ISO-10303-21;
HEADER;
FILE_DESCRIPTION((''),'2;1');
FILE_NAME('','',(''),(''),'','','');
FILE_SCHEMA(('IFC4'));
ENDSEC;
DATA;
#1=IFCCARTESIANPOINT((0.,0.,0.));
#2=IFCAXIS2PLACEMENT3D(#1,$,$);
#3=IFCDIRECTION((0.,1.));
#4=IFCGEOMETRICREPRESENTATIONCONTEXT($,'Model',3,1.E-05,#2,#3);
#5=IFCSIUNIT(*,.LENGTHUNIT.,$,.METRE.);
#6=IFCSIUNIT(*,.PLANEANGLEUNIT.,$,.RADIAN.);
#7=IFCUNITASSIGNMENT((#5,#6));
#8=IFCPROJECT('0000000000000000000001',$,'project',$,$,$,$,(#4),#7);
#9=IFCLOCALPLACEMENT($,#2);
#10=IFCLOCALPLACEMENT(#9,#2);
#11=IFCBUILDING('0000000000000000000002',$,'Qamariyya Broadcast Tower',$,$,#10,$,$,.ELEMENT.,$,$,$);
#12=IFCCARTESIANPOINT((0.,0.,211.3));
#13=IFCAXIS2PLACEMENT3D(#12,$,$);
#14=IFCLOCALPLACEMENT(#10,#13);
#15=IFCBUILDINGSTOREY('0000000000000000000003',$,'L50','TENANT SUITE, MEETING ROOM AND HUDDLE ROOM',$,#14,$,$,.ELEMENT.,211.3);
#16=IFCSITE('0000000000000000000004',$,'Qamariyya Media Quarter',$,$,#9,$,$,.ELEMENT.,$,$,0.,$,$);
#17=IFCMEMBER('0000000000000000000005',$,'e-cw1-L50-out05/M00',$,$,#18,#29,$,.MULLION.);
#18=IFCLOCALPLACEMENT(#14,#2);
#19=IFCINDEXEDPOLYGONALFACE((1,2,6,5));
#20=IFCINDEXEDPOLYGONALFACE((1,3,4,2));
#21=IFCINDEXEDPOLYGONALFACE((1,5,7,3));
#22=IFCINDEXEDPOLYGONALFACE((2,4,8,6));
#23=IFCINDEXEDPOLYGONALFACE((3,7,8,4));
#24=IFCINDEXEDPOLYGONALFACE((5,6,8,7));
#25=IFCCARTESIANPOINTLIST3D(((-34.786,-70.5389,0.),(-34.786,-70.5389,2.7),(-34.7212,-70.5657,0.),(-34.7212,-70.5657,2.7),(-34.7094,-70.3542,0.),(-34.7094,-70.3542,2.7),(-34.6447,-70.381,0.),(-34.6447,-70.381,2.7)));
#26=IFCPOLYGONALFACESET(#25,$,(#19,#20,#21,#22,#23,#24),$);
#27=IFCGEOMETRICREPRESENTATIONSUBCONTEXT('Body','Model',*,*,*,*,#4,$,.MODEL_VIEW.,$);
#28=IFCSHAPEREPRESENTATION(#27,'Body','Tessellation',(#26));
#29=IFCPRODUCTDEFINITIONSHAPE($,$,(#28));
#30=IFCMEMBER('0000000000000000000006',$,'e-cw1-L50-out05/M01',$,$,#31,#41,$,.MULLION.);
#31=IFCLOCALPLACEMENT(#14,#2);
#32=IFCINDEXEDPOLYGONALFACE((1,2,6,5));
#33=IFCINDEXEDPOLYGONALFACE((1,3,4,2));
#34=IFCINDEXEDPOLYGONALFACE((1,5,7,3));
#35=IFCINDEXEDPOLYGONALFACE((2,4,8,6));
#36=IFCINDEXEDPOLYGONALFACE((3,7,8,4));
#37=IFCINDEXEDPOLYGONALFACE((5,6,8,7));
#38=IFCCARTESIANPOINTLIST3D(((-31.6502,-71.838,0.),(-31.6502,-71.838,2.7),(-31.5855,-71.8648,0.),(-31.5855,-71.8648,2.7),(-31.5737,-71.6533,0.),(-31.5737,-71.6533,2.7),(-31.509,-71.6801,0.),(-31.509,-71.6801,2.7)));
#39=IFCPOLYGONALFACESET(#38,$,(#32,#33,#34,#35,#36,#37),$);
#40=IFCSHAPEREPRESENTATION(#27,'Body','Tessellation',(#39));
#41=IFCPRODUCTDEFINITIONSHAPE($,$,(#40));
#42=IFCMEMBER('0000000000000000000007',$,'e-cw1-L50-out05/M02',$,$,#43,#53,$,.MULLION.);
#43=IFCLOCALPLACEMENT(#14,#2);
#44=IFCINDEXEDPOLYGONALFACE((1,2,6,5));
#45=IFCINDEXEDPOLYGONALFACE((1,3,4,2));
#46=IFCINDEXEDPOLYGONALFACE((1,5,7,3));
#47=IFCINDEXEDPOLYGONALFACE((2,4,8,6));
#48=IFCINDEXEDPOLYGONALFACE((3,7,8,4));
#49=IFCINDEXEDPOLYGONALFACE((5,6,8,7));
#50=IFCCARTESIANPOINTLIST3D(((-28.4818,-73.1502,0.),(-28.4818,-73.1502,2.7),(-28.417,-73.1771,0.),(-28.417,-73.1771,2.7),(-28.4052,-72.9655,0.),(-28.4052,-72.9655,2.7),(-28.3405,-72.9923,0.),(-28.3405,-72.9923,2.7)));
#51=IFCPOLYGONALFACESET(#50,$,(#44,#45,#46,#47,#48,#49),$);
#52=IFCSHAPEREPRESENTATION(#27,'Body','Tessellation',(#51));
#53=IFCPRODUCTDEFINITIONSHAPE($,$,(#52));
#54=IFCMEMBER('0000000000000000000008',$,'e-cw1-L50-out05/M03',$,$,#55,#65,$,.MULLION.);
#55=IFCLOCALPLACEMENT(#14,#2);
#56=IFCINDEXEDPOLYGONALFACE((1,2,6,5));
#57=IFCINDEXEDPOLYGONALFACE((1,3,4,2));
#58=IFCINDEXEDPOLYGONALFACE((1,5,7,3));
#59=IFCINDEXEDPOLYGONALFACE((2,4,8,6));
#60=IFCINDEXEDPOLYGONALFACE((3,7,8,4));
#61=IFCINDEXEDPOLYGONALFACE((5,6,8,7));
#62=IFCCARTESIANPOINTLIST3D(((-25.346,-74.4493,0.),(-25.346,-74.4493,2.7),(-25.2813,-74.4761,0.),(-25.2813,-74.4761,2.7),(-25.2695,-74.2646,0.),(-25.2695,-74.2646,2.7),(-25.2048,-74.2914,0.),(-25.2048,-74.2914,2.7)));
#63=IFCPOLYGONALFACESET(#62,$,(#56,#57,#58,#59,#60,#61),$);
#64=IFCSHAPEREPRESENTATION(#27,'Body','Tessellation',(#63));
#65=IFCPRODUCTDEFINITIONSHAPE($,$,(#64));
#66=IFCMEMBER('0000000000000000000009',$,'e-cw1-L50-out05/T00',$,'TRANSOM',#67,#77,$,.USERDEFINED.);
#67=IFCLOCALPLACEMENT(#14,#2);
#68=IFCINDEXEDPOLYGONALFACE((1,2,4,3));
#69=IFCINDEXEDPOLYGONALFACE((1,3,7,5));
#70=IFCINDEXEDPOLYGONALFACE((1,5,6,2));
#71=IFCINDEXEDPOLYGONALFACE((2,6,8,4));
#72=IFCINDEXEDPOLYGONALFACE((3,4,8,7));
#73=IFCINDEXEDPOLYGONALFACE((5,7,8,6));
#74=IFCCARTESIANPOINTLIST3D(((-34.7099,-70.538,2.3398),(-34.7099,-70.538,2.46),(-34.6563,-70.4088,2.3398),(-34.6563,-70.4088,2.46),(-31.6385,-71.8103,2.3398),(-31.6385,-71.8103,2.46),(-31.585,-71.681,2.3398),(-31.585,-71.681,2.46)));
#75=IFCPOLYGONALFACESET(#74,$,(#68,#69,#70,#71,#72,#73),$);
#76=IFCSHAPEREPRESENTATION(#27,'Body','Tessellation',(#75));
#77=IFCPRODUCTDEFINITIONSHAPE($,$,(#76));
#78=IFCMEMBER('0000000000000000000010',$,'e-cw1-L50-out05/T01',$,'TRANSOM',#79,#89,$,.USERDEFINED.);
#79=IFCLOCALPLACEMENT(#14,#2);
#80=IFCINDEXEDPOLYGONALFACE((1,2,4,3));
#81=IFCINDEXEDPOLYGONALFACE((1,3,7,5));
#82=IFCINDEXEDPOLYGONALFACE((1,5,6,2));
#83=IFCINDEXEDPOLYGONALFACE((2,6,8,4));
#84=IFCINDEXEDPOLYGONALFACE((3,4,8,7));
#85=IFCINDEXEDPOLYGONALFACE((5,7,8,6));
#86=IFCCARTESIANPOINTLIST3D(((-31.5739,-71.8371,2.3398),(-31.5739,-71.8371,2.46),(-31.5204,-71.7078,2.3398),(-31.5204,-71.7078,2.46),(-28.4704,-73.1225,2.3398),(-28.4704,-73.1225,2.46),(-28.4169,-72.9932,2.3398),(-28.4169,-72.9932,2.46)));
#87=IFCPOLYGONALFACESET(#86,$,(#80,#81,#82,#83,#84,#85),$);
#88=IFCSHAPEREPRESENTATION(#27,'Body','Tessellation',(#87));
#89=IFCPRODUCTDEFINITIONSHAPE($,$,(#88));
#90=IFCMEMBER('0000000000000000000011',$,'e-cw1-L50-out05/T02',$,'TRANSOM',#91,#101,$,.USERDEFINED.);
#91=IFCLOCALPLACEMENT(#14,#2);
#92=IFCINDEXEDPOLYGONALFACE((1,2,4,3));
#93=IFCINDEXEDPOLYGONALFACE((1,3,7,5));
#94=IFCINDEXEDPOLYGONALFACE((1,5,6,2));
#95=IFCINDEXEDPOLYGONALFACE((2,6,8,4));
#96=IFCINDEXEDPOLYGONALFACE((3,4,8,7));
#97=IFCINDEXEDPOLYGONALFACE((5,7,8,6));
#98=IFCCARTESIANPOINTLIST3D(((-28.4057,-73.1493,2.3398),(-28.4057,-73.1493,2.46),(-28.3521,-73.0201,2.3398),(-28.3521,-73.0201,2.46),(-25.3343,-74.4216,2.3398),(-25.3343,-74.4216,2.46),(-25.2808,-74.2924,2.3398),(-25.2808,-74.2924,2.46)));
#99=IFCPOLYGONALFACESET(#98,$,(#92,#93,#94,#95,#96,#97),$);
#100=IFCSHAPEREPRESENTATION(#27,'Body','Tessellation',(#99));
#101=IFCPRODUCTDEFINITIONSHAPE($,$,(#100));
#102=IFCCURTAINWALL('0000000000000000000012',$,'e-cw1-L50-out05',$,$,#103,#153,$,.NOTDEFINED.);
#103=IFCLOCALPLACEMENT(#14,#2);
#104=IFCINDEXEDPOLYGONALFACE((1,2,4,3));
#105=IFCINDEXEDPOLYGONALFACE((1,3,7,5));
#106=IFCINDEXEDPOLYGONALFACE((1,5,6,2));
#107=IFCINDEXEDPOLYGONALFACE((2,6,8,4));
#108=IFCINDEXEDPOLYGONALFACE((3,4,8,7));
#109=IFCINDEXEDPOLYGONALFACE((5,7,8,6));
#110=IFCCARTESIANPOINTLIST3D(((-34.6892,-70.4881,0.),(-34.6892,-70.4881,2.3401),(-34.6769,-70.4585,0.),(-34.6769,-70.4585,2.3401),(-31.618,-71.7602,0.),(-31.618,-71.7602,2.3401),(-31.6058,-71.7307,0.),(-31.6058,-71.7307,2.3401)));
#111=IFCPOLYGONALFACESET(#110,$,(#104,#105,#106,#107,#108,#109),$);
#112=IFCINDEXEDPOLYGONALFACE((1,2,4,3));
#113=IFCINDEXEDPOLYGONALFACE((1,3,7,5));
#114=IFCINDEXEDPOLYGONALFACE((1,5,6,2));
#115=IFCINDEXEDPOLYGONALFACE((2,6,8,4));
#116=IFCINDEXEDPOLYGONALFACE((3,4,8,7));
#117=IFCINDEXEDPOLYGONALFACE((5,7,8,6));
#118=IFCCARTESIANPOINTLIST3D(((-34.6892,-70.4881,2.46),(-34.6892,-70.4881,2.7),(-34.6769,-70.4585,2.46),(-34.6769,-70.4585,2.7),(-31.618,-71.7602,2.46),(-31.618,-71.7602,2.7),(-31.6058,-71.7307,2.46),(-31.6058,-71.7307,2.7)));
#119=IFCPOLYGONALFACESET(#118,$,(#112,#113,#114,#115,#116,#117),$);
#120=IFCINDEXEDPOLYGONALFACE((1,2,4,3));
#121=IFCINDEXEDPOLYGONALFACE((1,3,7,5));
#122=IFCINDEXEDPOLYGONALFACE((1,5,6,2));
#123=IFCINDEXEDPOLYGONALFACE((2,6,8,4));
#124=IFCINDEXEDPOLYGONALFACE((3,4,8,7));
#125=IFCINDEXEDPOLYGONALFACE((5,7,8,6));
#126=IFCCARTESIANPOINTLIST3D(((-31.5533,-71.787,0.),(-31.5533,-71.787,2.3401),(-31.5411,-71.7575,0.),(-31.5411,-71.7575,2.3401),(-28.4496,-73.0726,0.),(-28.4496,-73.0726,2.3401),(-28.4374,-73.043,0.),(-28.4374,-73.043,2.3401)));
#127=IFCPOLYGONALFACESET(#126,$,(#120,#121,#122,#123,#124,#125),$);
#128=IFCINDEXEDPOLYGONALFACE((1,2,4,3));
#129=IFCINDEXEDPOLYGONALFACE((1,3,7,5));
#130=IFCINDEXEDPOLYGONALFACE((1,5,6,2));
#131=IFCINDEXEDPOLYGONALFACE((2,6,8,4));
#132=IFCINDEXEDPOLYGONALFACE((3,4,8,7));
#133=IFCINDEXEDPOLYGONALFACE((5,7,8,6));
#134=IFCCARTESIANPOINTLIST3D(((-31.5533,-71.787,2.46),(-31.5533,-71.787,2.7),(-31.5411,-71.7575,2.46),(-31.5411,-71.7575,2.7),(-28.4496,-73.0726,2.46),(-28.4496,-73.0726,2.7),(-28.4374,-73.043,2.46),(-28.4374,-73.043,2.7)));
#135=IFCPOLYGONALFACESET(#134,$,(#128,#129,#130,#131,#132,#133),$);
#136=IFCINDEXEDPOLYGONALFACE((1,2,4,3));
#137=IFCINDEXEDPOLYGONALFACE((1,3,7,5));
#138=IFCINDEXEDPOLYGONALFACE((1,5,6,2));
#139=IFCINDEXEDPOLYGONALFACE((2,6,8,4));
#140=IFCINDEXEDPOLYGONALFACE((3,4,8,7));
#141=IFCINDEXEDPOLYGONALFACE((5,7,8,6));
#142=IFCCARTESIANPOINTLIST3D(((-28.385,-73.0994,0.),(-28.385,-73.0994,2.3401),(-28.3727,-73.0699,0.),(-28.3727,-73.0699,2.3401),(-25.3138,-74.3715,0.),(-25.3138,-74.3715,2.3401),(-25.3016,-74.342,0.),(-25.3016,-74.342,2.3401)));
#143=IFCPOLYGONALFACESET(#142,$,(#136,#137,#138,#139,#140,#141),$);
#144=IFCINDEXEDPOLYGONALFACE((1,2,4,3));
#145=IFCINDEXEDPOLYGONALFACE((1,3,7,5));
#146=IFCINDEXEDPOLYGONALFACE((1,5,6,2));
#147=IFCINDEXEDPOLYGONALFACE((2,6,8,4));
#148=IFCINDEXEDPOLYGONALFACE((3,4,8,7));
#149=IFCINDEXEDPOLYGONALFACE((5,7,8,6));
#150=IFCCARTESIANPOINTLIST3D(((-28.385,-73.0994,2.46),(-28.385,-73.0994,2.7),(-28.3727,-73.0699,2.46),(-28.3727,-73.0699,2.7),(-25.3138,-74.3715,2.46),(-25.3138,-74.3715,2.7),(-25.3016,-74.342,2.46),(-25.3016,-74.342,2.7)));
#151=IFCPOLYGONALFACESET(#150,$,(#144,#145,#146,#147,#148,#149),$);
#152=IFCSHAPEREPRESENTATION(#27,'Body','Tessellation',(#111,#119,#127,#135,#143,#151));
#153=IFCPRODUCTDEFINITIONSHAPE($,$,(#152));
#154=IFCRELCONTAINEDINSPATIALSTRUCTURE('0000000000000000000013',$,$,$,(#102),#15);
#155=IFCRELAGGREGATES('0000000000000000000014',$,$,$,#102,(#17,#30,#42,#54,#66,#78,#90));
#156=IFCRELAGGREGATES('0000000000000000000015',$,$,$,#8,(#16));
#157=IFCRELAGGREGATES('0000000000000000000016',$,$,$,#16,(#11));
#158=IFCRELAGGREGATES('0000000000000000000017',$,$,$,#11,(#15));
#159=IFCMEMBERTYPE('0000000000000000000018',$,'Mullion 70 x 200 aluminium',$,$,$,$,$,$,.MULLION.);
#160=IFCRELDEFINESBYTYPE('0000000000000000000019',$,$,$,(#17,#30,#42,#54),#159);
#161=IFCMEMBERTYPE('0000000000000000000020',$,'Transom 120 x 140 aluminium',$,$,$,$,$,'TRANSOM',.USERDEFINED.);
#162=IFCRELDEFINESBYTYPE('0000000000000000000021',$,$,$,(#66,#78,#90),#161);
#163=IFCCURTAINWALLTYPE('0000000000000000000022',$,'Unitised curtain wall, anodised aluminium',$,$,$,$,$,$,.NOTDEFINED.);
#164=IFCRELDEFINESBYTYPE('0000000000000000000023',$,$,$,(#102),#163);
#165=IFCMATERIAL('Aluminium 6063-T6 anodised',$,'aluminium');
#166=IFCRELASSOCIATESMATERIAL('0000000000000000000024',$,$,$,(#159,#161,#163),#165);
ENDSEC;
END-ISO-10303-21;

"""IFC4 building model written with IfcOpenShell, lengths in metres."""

from ifc_helpers import new_model, si_unit, direction, frame, origin, origin_2d, place, context, subcontext, project, spatial, rectangle, extrude, material, material_profile, profile_set, type_object, element, aggregate, save


model = new_model("IFC4")

# Units and contexts
model_context = context("Model", 3, precision=1e-05, world=origin(), true_north=direction((0.0, 1.0)))
body_context = subcontext(model_context, "Body", "Model", "MODEL_VIEW")
ifc_project = project(units=[si_unit("LENGTHUNIT", "METRE"), si_unit("PLANEANGLEUNIT", "RADIAN")], contexts=[model_context])

# Members
ifc_material_1 = material(Name="Aluminium 6063-T6 anodised", Category="aluminium")
ifc_material_profile_1 = material_profile(ifc_material_1, rectangle(XDim=0.2, YDim=0.0701, at=origin_2d()))
ifc_profile_set_1 = profile_set([ifc_material_profile_1], Name="Aluminium 6063-T6 anodised")
member_type_1 = type_object("IfcMemberType", Name="Mullion 70 x 200 aluminium", PredefinedType="MULLION", material=ifc_profile_set_1)
site_placement = place(None, origin())
building_placement = place(site_placement, origin())
storey_placement = place(building_placement, frame((0.0, 0.0, 211.3)))
member_1_placement = place(storey_placement, frame((-34.7153, -70.46, 0.0), z_axis=(0.0, 0.0, 1.0), x_axis=(0.382683, 0.92388, 0.0)))
member_1 = element("IfcMember", 1, at=member_1_placement, type_object=member_type_1, Name="e-cw1-L50-out05/M00", PredefinedType="MULLION", context=body_context, shape_type="SweptSolid", body=[
    extrude(rectangle(XDim=0.2, YDim=0.0701, at=origin_2d()), origin(), (0.0, 0.0, 1.0), 2.7),
])
member_2_placement = place(storey_placement, frame((-31.5796, -71.759, 0.0), z_axis=(0.0, 0.0, 1.0), x_axis=(0.382683, 0.92388, 0.0)))
member_2 = element("IfcMember", 2, at=member_2_placement, type_object=member_type_1, Name="e-cw1-L50-out05/M01", PredefinedType="MULLION", context=body_context, shape_type="SweptSolid", body=[
    extrude(rectangle(XDim=0.2, YDim=0.0701, at=origin_2d()), origin(), (0.0, 0.0, 1.0), 2.7),
])
member_3_placement = place(storey_placement, frame((-28.4111, -73.0713, 0.0), z_axis=(0.0, 0.0, 1.0), x_axis=(0.382683, 0.92388, 0.0)))
member_3 = element("IfcMember", 3, at=member_3_placement, type_object=member_type_1, Name="e-cw1-L50-out05/M02", PredefinedType="MULLION", context=body_context, shape_type="SweptSolid", body=[
    extrude(rectangle(XDim=0.2, YDim=0.0701, at=origin_2d()), origin(), (0.0, 0.0, 1.0), 2.7),
])
member_4_placement = place(storey_placement, frame((-25.2754, -74.3704, 0.0), z_axis=(0.0, 0.0, 1.0), x_axis=(0.382683, 0.92388, 0.0)))
member_4 = element("IfcMember", 4, at=member_4_placement, type_object=member_type_1, Name="e-cw1-L50-out05/M03", PredefinedType="MULLION", context=body_context, shape_type="SweptSolid", body=[
    extrude(rectangle(XDim=0.2, YDim=0.0701, at=origin_2d()), origin(), (0.0, 0.0, 1.0), 2.7),
])
ifc_material_profile_2 = material_profile(ifc_material_1, rectangle(XDim=0.1399, YDim=0.1201, at=origin_2d()))
ifc_profile_set_2 = profile_set([ifc_material_profile_2], Name="Aluminium 6063-T6 anodised")
member_type_2 = type_object("IfcMemberType", Name="Transom 120 x 140 aluminium", ElementType="TRANSOM", PredefinedType="USERDEFINED", material=ifc_profile_set_2)
member_5_placement = place(storey_placement, frame((-34.6831, -70.4734, 2.3999), z_axis=(0.923875, -0.382696, 0.0), x_axis=(0.382696, 0.923875, 0.0)))
member_5 = element("IfcMember", 5, at=member_5_placement, type_object=member_type_2, Name="e-cw1-L50-out05/T00", ObjectType="TRANSOM", PredefinedType="USERDEFINED", context=body_context, shape_type="SweptSolid", body=[
    extrude(rectangle(XDim=0.1399, YDim=0.1201, at=origin_2d()), origin(), (0.0, 0.0, 1.0), 3.3245),
])
member_6_placement = place(storey_placement, frame((-31.5471, -71.7725, 2.3999), z_axis=(0.923892, -0.382653, 0.0), x_axis=(0.382653, 0.923892, 0.0)))
member_6 = element("IfcMember", 6, at=member_6_placement, type_object=member_type_2, Name="e-cw1-L50-out05/T01", ObjectType="TRANSOM", PredefinedType="USERDEFINED", context=body_context, shape_type="SweptSolid", body=[
    extrude(rectangle(XDim=0.1399, YDim=0.1201, at=origin_2d()), origin(), (0.0, 0.0, 1.0), 3.3591),
])
member_7_placement = place(storey_placement, frame((-28.3789, -73.0847, 2.3999), z_axis=(0.923875, -0.382696, 0.0), x_axis=(0.382696, 0.923875, 0.0)))
member_7 = element("IfcMember", 7, at=member_7_placement, type_object=member_type_2, Name="e-cw1-L50-out05/T02", ObjectType="TRANSOM", PredefinedType="USERDEFINED", context=body_context, shape_type="SweptSolid", body=[
    extrude(rectangle(XDim=0.1399, YDim=0.1201, at=origin_2d()), origin(), (0.0, 0.0, 1.0), 3.3245),
])

# Site, building, storey
site = spatial("IfcSite", under=ifc_project, at=site_placement, Name="Qamariyya Media Quarter", CompositionType="ELEMENT", RefElevation=0.0)
building = spatial("IfcBuilding", under=site, at=building_placement, Name="Qamariyya Broadcast Tower", CompositionType="ELEMENT")
storey = spatial("IfcBuildingStorey", under=building, at=storey_placement, Name="L50", Description="TENANT SUITE, MEETING ROOM AND HUDDLE ROOM", CompositionType="ELEMENT", Elevation=211.3)

# Curtain wall
curtain_wall_type = type_object("IfcCurtainWallType", Name="Unitised curtain wall, anodised aluminium", PredefinedType="NOTDEFINED", material=ifc_material_1)
curtain_wall_1_placement = place(storey_placement, origin())
curtain_wall_1 = element("IfcCurtainWall", 8, at=curtain_wall_1_placement, inside=storey, type_object=curtain_wall_type, Name="e-cw1-L50-out05", PredefinedType="NOTDEFINED", context=body_context, shape_type="SweptSolid", body=[
    extrude(rectangle(XDim=3.3242, YDim=0.032, at=origin_2d()), frame((-33.1475, -71.1094, 0.0), x_axis=(0.923881, -0.38268, 0.0)), (0.0, 0.0, 1.0), 2.3401),
    extrude(rectangle(XDim=3.3242, YDim=0.032, at=origin_2d()), frame((-33.1475, -71.1094, 2.46), x_axis=(0.923881, -0.38268, 0.0)), (0.0, 0.0, 1.0), 0.24),
    extrude(rectangle(XDim=3.3594, YDim=0.032, at=origin_2d()), frame((-29.9954, -72.415, 0.0), x_axis=(0.923881, -0.38268, 0.0)), (0.0, 0.0, 1.0), 2.3401),
    extrude(rectangle(XDim=3.3594, YDim=0.032, at=origin_2d()), frame((-29.9954, -72.415, 2.46), x_axis=(0.923881, -0.38268, 0.0)), (0.0, 0.0, 1.0), 0.24),
    extrude(rectangle(XDim=3.3242, YDim=0.032, at=origin_2d()), frame((-26.8433, -73.7207, 0.0), x_axis=(0.923881, -0.38268, 0.0)), (0.0, 0.0, 1.0), 2.3401),
    extrude(rectangle(XDim=3.3242, YDim=0.032, at=origin_2d()), frame((-26.8433, -73.7207, 2.46), x_axis=(0.923881, -0.38268, 0.0)), (0.0, 0.0, 1.0), 0.24),
])
aggregate(curtain_wall_1, [member_1, member_2, member_3, member_4, member_5, member_6, member_7])

save(model, "model.ifc")
